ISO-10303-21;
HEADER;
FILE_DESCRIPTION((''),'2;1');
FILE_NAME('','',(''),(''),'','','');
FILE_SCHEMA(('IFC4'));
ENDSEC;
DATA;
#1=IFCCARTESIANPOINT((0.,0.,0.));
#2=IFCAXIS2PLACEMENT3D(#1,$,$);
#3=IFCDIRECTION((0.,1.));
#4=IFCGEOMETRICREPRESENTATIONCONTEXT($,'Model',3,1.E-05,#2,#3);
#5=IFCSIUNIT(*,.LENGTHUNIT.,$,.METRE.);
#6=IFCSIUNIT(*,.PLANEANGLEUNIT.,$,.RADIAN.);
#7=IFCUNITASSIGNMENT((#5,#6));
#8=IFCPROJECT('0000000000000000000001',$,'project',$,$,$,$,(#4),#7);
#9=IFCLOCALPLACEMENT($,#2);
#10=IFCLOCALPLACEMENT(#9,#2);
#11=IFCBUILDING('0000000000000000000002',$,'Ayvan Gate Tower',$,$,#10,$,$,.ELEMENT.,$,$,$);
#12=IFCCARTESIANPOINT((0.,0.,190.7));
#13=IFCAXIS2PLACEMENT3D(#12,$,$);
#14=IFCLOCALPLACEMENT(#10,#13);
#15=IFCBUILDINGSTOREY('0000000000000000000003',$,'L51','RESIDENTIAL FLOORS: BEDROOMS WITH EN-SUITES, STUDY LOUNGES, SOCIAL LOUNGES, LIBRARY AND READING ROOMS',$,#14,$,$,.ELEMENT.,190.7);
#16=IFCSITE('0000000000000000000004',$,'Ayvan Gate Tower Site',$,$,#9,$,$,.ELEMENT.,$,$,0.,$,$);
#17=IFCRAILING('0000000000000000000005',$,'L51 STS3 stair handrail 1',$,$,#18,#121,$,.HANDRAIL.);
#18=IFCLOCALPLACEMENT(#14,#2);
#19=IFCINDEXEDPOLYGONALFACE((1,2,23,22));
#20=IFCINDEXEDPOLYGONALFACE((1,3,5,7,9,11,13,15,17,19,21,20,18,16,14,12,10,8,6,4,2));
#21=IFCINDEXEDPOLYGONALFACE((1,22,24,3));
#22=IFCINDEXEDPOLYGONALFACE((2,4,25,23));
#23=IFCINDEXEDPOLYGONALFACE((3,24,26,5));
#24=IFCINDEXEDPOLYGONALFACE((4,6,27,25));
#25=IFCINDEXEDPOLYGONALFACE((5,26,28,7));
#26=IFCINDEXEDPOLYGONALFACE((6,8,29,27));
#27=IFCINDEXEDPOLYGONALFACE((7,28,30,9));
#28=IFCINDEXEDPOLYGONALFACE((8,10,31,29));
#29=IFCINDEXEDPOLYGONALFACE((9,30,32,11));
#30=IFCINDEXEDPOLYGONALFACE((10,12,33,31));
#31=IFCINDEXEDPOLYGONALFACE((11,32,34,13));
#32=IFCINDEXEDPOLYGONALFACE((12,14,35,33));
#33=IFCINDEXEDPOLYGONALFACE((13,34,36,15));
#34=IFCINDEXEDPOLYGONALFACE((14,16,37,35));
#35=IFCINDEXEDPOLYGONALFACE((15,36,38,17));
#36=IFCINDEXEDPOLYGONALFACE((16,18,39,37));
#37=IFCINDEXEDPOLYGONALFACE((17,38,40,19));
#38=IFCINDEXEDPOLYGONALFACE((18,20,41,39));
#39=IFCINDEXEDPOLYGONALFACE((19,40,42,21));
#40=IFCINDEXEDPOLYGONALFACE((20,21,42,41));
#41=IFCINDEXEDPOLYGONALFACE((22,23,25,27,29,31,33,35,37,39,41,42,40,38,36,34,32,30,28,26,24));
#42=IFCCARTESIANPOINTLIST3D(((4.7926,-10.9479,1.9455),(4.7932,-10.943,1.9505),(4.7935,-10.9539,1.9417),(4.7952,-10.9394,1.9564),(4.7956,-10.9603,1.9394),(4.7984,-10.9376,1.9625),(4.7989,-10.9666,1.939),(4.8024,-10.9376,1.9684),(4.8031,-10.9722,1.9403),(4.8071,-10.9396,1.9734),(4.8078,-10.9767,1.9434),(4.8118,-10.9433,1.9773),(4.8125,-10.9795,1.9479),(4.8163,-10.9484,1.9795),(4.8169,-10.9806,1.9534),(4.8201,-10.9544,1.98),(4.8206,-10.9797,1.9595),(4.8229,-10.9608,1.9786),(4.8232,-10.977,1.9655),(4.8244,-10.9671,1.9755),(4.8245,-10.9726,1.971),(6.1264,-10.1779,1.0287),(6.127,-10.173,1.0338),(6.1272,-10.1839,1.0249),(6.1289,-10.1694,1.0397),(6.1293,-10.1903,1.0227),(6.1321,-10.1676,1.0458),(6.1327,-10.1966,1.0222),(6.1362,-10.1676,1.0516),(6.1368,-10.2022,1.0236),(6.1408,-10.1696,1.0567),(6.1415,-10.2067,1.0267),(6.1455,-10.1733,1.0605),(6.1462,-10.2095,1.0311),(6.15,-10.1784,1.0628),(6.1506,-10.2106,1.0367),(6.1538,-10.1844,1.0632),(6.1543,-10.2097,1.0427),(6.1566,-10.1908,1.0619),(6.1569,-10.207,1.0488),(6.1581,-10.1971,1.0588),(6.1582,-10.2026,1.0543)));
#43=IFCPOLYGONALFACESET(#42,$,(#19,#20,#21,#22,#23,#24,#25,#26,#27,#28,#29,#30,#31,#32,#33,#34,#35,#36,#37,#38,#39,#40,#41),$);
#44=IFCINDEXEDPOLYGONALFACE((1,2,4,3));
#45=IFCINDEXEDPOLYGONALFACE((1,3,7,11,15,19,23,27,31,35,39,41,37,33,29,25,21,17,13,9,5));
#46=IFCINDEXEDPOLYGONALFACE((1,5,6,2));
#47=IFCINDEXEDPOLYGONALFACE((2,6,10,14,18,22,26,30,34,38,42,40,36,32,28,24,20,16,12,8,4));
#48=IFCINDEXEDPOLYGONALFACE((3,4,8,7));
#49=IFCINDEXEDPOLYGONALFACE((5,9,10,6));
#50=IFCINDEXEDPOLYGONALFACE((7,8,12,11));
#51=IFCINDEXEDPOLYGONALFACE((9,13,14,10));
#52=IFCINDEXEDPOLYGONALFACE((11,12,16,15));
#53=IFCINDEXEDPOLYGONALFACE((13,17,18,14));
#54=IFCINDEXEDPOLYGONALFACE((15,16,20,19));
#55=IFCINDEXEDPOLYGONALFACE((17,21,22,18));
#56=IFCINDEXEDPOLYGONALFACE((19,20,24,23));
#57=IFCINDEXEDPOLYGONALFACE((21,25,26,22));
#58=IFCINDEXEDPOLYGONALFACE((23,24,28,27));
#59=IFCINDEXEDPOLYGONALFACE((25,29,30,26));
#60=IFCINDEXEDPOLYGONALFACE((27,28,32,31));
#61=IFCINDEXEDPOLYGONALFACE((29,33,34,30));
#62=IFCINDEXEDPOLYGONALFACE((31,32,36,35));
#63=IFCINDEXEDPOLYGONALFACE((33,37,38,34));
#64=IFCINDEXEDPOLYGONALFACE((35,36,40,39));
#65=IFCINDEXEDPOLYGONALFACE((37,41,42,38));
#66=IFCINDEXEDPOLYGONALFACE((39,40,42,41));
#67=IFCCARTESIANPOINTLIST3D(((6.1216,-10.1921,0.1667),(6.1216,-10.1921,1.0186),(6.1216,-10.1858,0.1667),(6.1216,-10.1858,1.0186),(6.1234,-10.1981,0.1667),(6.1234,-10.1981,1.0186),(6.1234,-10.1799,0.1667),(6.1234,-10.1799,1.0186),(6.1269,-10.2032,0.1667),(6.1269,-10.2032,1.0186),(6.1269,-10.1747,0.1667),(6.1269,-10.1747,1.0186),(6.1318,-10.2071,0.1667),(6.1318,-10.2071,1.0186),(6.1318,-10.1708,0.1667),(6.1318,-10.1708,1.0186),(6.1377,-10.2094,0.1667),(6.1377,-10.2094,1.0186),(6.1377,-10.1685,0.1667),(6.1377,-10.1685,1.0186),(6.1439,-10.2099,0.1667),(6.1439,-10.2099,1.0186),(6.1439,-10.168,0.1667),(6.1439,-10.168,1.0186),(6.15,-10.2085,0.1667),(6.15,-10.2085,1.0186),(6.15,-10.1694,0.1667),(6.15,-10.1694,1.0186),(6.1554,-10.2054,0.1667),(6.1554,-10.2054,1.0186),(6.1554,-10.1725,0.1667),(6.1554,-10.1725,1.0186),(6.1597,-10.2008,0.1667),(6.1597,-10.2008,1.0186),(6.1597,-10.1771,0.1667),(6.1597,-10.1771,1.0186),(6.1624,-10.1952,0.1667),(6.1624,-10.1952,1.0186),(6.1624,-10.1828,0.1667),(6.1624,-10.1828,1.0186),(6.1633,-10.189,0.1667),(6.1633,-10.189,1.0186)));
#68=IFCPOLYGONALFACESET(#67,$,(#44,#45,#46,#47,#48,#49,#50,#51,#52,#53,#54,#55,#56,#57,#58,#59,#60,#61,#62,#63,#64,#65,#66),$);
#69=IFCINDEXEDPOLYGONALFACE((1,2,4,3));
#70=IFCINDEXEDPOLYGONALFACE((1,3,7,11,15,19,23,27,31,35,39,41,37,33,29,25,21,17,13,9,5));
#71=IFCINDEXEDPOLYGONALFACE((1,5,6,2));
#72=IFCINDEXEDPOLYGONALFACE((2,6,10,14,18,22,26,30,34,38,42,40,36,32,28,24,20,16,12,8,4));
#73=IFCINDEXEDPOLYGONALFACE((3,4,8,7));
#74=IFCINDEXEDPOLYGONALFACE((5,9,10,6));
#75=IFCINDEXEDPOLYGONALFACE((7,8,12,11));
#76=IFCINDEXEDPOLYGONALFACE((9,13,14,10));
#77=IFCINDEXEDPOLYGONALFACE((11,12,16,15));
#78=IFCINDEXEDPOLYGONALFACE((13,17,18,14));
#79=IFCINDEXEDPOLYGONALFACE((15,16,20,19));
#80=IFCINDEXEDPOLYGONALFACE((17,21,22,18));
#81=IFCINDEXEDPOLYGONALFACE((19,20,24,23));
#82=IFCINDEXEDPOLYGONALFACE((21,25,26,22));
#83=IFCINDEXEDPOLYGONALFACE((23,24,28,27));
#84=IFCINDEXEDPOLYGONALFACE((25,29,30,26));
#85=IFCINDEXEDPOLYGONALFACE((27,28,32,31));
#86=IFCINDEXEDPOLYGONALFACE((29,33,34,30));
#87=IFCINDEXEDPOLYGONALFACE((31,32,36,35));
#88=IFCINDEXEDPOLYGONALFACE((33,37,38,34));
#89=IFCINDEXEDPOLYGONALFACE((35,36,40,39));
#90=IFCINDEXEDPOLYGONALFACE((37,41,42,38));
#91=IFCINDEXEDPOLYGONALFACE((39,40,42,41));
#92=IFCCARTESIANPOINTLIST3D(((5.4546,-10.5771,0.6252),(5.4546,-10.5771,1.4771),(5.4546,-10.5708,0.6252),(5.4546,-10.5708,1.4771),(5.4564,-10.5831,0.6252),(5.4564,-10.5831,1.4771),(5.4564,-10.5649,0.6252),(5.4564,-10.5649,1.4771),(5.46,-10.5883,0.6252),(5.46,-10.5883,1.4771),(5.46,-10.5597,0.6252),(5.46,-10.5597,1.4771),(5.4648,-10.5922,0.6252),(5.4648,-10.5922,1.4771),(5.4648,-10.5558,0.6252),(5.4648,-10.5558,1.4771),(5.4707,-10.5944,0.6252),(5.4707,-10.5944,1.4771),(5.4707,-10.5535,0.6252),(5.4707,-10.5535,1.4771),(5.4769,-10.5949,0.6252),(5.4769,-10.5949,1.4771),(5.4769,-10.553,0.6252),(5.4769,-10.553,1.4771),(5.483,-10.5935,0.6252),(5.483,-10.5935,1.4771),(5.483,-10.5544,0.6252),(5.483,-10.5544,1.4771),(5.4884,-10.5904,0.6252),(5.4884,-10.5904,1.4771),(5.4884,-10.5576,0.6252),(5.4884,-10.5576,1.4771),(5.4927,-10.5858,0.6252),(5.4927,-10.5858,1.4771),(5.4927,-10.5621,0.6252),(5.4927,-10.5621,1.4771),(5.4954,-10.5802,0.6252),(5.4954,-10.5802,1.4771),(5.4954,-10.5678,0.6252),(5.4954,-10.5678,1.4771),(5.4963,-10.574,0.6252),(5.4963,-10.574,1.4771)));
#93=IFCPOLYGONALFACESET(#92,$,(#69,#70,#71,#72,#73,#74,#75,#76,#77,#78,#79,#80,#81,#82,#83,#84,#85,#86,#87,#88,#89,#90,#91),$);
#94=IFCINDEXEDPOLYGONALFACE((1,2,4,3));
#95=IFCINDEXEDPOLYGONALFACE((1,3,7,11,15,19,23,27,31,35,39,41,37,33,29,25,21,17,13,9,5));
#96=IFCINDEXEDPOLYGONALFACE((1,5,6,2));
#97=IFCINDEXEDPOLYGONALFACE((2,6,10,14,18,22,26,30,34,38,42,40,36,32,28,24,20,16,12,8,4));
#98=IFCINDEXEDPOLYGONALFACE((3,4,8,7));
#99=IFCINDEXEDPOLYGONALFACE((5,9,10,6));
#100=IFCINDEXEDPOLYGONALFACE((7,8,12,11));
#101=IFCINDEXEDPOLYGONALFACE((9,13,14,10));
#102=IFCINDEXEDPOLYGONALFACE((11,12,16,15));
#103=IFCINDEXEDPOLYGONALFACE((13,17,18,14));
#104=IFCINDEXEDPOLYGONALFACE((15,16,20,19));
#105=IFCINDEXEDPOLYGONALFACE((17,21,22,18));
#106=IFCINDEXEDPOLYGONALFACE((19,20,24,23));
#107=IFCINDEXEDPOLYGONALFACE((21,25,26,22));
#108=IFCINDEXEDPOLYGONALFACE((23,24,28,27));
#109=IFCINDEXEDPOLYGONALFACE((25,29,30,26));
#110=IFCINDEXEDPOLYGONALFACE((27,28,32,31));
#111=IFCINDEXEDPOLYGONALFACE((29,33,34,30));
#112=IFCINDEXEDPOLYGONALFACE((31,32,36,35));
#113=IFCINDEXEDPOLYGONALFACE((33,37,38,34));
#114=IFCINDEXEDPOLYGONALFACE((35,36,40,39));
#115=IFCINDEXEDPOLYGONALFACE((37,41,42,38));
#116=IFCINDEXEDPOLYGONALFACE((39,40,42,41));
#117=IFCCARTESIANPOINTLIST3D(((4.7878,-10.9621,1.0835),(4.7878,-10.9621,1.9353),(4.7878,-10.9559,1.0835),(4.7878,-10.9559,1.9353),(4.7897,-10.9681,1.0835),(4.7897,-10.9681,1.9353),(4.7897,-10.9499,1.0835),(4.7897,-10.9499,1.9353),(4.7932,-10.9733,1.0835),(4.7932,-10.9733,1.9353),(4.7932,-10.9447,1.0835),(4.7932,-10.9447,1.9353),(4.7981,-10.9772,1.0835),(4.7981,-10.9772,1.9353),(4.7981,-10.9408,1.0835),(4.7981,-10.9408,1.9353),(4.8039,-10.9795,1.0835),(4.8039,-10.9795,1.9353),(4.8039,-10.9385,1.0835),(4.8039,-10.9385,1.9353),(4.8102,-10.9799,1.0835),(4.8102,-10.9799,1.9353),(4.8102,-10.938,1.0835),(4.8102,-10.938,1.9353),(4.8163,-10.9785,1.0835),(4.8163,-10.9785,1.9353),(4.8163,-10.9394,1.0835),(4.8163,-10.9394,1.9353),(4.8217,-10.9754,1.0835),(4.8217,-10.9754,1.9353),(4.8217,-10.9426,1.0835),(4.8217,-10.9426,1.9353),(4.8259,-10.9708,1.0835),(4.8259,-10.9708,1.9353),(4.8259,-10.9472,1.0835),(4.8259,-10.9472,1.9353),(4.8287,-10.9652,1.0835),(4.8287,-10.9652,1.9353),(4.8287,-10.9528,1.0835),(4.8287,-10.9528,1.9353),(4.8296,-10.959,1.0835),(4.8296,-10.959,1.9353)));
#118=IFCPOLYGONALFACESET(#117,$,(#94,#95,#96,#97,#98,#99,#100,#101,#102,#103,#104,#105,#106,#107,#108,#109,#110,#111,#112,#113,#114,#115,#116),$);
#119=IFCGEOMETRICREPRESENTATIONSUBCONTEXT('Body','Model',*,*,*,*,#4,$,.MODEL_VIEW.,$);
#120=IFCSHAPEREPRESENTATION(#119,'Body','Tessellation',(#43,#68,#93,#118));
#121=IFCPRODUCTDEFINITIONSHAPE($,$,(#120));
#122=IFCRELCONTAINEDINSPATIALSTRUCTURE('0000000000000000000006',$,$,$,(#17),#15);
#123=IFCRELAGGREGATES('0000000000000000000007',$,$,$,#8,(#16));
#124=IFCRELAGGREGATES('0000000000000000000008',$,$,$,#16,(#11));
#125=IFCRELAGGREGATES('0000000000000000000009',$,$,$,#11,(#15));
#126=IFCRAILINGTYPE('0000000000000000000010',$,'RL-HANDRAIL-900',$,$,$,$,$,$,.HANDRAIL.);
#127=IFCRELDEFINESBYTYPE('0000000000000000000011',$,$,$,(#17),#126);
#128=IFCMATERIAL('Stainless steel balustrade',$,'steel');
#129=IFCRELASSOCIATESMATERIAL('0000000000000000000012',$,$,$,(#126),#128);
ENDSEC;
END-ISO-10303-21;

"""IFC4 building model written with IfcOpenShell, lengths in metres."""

from ifc_helpers import new_model, si_unit, direction, frame, origin, origin_2d, place, context, subcontext, project, spatial, circle, extrude, material, type_object, element, save


model = new_model("IFC4")

# Units and contexts
model_context = context("Model", 3, precision=1e-05, world=origin(), true_north=direction((0.0, 1.0)))
body_context = subcontext(model_context, "Body", "Model", "MODEL_VIEW")
ifc_project = project(units=[si_unit("LENGTHUNIT", "METRE"), si_unit("PLANEANGLEUNIT", "RADIAN")], contexts=[model_context])

# Site, building, storey
site_placement = place(None, origin())
site = spatial("IfcSite", under=ifc_project, at=site_placement, Name="Ayvan Gate Tower Site", CompositionType="ELEMENT", RefElevation=0.0)
building_placement = place(site_placement, origin())
building = spatial("IfcBuilding", under=site, at=building_placement, Name="Ayvan Gate Tower", CompositionType="ELEMENT")
storey_placement = place(building_placement, frame((0.0, 0.0, 190.7)))
storey = spatial("IfcBuildingStorey", under=building, at=storey_placement, Name="L51", Description="RESIDENTIAL FLOORS: BEDROOMS WITH EN-SUITES, STUDY LOUNGES, SOCIAL LOUNGES, LIBRARY AND READING ROOMS", CompositionType="ELEMENT", Elevation=190.7)

# Railing
ifc_material_1 = material(Name="Stainless steel balustrade", Category="steel")
railing_type_1 = type_object("IfcRailingType", Name="RL-HANDRAIL-900", PredefinedType="HANDRAIL", material=ifc_material_1)
railing_1_placement = place(storey_placement, frame((6.1423, -10.189, 0.1667)))
element("IfcRailing", 1, at=railing_1_placement, inside=storey, type_object=railing_type_1, Name="L51 STS3 stair handrail 1", PredefinedType="HANDRAIL", context=body_context, shape_type="SweptSolid", body=[
    extrude(circle(Radius=0.0239, at=origin_2d()), frame((0.0, 0.0, 0.876), z_axis=(-0.744164, -0.429634, 0.511502), x_axis=(0.499992, -0.86603, 0.0)), (0.0, 0.0, 1.0), 1.7922),
    extrude(circle(Radius=0.021, at=origin_2d()), origin(), (0.0, 0.0, 1.0), 0.8518),
    extrude(circle(Radius=0.021, at=origin_2d()), frame((-0.667, -0.385, 0.4585)), (0.0, 0.0, 1.0), 0.8518),
    extrude(circle(Radius=0.021, at=origin_2d()), frame((-1.3337, -0.77, 0.9167)), (0.0, 0.0, 1.0), 0.8518),
])

save(model, "model.ifc")
